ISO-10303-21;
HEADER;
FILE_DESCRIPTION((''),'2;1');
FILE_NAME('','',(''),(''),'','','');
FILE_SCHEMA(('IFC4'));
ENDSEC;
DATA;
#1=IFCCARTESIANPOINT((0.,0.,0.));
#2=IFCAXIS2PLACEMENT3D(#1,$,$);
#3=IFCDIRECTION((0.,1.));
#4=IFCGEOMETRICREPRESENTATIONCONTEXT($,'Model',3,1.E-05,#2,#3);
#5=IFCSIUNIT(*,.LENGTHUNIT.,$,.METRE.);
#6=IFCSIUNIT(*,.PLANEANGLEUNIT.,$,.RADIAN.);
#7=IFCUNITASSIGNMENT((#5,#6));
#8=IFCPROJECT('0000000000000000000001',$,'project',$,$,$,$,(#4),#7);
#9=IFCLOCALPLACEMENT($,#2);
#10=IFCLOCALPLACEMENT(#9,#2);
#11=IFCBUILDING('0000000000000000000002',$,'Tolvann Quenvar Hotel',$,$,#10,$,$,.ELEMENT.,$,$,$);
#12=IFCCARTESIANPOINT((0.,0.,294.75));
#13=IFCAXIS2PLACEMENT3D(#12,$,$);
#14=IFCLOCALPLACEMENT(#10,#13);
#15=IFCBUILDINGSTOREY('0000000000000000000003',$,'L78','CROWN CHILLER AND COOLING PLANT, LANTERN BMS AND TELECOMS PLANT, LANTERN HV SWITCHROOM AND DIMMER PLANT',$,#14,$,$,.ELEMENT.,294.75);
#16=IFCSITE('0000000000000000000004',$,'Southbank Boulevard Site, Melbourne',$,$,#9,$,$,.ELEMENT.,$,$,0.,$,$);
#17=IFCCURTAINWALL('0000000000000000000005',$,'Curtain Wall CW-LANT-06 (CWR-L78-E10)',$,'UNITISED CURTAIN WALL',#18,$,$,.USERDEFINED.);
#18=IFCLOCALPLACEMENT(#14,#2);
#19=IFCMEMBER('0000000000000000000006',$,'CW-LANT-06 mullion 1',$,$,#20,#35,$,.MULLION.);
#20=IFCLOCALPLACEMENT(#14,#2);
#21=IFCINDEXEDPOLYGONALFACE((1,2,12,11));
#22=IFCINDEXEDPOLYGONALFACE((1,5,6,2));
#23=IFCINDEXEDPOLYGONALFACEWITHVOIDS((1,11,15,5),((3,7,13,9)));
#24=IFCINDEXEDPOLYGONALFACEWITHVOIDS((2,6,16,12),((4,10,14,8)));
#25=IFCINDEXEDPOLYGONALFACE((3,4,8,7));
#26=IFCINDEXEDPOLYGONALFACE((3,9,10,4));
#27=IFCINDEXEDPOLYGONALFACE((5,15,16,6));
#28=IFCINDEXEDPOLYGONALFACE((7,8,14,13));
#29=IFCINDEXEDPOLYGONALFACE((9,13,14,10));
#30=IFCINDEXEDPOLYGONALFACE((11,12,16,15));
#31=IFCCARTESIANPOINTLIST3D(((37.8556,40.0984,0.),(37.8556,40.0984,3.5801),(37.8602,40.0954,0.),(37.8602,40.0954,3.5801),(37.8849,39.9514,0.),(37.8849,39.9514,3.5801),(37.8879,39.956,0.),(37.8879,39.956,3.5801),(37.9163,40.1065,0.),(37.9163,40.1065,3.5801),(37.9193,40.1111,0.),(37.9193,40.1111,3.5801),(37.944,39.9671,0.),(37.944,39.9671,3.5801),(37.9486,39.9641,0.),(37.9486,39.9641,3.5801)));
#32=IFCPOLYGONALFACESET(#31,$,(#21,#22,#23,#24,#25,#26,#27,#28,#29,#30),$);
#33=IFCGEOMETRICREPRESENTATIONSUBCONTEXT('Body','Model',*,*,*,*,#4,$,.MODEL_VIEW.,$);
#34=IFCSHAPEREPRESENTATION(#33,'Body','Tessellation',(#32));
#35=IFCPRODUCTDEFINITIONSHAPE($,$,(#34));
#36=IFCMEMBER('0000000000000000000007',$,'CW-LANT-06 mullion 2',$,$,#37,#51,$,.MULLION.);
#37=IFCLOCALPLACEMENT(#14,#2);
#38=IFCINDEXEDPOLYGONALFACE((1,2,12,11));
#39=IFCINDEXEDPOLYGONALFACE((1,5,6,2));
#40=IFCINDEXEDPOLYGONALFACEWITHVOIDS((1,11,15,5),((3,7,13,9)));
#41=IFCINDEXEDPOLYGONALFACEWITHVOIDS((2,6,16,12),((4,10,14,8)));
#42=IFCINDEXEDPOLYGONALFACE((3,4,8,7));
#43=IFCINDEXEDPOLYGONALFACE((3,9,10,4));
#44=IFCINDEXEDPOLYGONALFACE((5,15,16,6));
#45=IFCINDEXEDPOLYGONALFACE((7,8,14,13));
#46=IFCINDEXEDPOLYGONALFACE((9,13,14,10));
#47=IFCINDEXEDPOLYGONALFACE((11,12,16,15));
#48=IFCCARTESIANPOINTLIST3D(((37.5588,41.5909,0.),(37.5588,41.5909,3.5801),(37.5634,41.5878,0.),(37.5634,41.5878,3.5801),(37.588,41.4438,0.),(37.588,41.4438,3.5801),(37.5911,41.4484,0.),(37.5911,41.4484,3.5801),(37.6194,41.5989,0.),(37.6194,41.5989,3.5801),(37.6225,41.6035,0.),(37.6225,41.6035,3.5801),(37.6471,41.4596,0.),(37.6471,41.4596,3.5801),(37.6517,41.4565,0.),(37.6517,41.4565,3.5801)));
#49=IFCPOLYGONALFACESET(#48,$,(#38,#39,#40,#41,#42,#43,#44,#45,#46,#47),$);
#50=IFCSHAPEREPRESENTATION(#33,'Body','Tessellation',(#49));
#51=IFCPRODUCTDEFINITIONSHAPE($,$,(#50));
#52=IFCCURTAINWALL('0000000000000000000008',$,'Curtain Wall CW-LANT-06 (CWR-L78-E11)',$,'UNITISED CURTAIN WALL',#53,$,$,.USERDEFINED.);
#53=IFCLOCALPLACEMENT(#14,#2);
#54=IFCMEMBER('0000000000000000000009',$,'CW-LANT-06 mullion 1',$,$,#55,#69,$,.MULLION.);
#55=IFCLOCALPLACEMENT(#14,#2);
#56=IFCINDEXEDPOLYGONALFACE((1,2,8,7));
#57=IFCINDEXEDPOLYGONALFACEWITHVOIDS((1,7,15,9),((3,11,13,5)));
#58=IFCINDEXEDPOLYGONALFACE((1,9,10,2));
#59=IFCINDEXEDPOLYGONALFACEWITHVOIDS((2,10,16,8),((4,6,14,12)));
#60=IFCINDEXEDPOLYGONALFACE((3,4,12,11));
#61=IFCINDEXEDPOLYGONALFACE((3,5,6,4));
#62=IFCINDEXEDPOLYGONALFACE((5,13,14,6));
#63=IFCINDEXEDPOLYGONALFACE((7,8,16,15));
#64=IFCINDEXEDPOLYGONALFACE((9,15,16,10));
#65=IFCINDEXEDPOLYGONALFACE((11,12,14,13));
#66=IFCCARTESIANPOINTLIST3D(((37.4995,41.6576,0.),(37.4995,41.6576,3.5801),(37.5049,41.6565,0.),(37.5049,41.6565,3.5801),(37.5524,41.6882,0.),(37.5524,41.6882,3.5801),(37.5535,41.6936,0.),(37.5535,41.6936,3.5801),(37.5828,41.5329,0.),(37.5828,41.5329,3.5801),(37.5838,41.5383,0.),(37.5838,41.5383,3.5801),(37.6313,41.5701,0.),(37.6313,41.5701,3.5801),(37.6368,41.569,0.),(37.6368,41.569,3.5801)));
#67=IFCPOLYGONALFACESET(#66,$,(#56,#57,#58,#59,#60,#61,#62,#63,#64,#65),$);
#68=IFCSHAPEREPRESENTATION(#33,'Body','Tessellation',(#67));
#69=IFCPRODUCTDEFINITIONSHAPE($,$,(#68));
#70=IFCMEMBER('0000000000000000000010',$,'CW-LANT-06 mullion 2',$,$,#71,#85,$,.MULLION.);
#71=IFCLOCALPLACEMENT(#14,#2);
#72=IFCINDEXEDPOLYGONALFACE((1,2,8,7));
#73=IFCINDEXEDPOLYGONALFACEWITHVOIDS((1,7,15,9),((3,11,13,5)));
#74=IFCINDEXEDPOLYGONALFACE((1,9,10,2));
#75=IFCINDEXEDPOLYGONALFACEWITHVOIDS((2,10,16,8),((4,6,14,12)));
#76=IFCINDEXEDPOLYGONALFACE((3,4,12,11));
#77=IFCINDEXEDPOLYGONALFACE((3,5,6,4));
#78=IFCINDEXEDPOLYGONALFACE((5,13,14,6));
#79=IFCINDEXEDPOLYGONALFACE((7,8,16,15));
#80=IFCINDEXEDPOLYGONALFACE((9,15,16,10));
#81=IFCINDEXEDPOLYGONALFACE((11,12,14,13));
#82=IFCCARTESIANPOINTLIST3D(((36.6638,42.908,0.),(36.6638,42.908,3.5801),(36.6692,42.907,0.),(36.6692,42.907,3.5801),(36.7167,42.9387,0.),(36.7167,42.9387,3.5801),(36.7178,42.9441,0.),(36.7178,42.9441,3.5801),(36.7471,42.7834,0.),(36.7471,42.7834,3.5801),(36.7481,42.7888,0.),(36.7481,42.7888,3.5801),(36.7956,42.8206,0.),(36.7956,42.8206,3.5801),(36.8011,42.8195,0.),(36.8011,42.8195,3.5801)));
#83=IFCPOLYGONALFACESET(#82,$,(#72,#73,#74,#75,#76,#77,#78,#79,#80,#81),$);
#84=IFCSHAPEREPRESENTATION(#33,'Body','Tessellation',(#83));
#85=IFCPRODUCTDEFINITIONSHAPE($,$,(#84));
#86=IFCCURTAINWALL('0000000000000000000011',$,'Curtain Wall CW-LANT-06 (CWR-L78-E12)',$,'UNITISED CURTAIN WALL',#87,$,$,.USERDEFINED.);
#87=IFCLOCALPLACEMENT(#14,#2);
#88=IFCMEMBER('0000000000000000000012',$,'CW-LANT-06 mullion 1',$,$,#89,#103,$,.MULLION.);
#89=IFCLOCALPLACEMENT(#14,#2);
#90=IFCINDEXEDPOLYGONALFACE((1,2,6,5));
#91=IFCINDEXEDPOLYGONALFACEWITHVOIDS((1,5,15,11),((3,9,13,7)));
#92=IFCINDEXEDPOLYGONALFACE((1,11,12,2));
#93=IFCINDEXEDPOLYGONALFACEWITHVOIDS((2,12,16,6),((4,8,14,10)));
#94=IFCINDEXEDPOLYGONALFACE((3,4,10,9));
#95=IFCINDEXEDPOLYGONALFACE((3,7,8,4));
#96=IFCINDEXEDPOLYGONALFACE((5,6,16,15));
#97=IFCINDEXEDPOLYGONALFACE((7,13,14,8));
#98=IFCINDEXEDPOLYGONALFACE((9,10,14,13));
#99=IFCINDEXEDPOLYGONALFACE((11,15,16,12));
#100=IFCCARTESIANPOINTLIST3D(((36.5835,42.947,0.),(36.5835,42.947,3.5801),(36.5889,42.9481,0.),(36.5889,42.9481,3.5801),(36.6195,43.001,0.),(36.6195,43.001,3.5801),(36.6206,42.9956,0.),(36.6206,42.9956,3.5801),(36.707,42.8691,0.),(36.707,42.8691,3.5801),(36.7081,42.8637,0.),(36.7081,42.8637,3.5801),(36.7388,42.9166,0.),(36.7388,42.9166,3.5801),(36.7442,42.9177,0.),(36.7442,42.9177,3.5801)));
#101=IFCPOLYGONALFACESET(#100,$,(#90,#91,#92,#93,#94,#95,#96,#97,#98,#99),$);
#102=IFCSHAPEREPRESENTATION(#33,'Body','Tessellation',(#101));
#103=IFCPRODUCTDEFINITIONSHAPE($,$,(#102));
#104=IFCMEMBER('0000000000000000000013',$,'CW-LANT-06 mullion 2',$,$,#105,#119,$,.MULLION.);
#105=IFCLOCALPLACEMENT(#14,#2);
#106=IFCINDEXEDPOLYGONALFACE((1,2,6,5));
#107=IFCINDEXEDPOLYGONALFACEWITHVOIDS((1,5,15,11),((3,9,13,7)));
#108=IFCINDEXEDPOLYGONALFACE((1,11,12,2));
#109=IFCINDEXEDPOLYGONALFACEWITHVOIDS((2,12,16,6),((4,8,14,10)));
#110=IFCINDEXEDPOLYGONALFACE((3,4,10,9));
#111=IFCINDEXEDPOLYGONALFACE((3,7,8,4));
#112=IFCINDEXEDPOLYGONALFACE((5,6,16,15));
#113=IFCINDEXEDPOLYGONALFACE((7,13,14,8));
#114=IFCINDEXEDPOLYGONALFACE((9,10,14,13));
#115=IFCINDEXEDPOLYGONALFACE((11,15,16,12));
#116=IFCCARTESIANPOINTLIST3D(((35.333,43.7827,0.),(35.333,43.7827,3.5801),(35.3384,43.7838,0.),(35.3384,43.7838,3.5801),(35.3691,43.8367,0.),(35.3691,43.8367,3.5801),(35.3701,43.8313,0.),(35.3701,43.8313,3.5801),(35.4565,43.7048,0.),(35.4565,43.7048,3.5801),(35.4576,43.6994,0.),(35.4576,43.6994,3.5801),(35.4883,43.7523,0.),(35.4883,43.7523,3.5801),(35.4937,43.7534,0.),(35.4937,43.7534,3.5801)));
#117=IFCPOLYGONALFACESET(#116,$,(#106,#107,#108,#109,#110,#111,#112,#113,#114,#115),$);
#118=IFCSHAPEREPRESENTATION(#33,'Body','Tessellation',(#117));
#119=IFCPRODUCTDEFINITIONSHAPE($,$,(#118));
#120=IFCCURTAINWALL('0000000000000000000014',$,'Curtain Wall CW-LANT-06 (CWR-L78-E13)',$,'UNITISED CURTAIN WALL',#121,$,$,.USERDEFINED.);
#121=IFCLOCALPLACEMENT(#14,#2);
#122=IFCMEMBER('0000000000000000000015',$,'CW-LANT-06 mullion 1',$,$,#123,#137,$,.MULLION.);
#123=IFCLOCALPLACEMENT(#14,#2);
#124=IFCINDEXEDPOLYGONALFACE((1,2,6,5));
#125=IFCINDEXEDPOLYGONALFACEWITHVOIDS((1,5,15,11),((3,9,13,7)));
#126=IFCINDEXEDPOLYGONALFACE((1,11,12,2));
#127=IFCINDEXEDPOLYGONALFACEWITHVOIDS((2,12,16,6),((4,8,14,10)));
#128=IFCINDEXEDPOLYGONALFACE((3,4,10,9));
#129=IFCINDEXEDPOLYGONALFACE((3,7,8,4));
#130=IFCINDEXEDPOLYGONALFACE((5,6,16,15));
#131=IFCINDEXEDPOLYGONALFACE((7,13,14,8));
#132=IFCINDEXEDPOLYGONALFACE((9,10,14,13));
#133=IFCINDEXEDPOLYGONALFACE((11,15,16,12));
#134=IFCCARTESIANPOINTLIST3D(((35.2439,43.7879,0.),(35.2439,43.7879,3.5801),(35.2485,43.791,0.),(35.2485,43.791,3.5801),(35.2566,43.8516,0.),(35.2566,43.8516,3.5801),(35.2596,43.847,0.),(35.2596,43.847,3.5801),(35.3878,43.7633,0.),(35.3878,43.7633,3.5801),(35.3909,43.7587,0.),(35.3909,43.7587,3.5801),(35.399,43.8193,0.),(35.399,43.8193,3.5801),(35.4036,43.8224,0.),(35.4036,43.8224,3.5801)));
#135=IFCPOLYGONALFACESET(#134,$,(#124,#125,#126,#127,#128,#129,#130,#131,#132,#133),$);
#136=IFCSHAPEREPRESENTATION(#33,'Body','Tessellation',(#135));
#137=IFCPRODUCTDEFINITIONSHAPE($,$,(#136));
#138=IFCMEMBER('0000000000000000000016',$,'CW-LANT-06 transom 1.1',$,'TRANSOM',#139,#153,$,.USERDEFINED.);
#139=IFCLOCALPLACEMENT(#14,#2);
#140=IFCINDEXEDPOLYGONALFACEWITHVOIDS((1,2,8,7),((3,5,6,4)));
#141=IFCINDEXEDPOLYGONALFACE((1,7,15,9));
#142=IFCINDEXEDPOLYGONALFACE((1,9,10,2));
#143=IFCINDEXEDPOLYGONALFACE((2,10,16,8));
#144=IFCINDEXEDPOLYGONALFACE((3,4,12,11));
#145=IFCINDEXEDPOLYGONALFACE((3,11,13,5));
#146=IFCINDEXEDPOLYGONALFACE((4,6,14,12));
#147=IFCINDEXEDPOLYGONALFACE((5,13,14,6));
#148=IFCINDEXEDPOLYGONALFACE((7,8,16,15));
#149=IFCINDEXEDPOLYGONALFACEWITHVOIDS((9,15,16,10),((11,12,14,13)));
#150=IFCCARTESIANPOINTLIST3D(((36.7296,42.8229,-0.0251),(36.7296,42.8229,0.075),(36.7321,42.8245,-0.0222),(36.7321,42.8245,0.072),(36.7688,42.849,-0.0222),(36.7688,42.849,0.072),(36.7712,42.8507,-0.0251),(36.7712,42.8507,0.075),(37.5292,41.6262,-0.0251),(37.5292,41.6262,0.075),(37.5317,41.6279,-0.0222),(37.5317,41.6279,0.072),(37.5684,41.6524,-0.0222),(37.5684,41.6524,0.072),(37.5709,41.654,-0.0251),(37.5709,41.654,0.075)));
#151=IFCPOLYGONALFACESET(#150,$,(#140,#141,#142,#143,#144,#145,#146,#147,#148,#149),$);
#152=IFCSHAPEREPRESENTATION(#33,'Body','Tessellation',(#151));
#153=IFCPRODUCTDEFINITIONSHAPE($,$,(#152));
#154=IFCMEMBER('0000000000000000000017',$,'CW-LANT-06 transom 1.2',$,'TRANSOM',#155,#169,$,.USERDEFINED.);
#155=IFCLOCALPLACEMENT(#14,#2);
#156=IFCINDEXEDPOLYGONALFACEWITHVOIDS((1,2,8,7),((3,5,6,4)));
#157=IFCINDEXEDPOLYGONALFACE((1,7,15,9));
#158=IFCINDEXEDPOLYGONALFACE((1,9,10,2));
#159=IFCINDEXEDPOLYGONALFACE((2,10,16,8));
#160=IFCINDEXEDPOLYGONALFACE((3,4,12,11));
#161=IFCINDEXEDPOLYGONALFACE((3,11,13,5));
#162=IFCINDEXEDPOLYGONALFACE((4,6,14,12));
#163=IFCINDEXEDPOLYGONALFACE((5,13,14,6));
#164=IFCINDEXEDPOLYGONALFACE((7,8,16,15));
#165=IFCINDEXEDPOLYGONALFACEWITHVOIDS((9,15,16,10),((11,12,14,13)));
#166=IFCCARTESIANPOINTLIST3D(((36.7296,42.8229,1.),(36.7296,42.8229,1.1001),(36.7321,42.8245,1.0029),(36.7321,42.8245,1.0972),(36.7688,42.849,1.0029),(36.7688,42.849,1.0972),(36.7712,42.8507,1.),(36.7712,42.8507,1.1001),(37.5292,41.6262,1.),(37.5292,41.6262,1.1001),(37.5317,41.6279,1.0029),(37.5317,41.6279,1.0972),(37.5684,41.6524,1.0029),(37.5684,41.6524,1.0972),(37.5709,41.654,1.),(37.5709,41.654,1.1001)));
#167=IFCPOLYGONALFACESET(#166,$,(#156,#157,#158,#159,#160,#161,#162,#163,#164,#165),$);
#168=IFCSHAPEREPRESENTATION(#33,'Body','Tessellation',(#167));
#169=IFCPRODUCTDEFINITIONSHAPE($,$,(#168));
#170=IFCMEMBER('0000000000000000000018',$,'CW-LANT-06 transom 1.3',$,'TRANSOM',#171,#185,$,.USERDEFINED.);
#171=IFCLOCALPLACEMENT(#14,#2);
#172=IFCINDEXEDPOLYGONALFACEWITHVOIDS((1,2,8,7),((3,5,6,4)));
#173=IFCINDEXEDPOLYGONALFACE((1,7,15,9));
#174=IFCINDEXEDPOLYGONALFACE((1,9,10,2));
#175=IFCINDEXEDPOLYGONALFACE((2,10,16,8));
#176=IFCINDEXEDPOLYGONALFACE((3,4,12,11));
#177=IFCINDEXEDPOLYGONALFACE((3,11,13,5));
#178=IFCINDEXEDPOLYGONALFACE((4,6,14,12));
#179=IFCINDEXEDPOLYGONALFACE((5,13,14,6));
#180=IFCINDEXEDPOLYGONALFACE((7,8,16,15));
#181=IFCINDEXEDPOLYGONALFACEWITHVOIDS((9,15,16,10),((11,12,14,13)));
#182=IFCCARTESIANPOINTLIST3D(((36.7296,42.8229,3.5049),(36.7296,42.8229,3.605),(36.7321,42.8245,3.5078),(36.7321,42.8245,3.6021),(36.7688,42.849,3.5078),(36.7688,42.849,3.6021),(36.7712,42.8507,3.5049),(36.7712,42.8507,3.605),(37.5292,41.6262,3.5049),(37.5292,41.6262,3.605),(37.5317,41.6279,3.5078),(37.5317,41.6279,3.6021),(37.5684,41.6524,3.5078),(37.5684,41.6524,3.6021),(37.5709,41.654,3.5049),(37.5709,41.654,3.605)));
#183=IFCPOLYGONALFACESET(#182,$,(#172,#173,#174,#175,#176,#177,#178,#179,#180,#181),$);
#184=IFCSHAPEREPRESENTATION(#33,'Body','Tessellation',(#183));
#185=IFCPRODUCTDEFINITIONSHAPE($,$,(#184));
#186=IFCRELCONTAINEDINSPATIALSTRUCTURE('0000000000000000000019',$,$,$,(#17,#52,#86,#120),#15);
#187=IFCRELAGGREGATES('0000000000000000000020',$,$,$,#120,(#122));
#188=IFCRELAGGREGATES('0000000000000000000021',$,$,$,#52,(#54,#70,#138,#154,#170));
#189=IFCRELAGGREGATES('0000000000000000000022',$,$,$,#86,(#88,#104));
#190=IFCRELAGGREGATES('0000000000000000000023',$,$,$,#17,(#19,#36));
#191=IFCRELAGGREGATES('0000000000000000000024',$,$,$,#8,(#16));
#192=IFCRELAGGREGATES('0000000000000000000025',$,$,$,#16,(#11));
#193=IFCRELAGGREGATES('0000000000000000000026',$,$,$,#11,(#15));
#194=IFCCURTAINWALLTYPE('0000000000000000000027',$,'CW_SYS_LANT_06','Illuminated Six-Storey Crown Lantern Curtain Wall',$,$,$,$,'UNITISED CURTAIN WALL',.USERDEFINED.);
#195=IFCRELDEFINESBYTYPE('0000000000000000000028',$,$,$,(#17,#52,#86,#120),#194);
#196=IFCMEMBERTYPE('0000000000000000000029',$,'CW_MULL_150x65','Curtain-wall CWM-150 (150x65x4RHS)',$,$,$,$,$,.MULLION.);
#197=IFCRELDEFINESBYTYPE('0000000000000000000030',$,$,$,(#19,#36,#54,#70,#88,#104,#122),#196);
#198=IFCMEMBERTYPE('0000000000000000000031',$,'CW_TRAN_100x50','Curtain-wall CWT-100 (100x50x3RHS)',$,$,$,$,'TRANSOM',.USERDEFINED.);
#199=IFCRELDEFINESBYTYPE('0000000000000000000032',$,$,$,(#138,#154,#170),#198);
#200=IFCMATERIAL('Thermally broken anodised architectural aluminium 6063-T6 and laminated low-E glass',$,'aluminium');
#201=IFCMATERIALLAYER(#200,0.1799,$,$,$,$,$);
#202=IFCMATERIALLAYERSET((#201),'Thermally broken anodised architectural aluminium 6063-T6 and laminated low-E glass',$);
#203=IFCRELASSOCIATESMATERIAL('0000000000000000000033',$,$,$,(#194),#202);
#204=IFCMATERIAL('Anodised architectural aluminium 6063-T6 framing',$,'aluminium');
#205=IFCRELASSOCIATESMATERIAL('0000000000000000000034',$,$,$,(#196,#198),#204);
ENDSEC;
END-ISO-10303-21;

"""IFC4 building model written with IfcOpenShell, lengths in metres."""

from ifc_helpers import new_model, si_unit, direction, frame, origin, origin_2d, place, context, subcontext, project, spatial, hollow_rectangle, extrude, source, transform, mapped, material, layer, layer_set, material_profile, profile_set, type_object, type_shapes, element, aggregate, save


model = new_model("IFC4")

# Units and contexts
model_context = context("Model", 3, precision=1e-05, world=origin(), true_north=direction((0.0, 1.0)))
body_context = subcontext(model_context, "Body", "Model", "MODEL_VIEW")
ifc_project = project(units=[si_unit("LENGTHUNIT", "METRE"), si_unit("PLANEANGLEUNIT", "RADIAN")], contexts=[model_context])

# Site, building, storey
site_placement = place(None, origin())
site = spatial("IfcSite", under=ifc_project, at=site_placement, Name="Southbank Boulevard Site, Melbourne", CompositionType="ELEMENT", RefElevation=0.0)
building_placement = place(site_placement, origin())
building = spatial("IfcBuilding", under=site, at=building_placement, Name="Tolvann Quenvar Hotel", CompositionType="ELEMENT")
storey_placement = place(building_placement, frame((0.0, 0.0, 294.75)))
storey = spatial("IfcBuildingStorey", under=building, at=storey_placement, Name="L78", Description="CROWN CHILLER AND COOLING PLANT, LANTERN BMS AND TELECOMS PLANT, LANTERN HV SWITCHROOM AND DIMMER PLANT", CompositionType="ELEMENT", Elevation=294.75)

# Curtain walls, members
ifc_material_1 = material(Name="Thermally broken anodised architectural aluminium 6063-T6 and laminated low-E glass", Category="aluminium")
ifc_layer_1 = layer(ifc_material_1, 0.1799)
ifc_layer_set_1 = layer_set([ifc_layer_1], Name="Thermally broken anodised architectural aluminium 6063-T6 and laminated low-E glass")
curtain_wall_type = type_object("IfcCurtainWallType", Name="CW_SYS_LANT_06", Description="Illuminated Six-Storey Crown Lantern Curtain Wall", ElementType="UNITISED CURTAIN WALL", PredefinedType="USERDEFINED", material=ifc_layer_set_1)
curtain_wall_1_placement = place(storey_placement, origin())
curtain_wall_1 = element("IfcCurtainWall", 1, at=curtain_wall_1_placement, inside=storey, type_object=curtain_wall_type, Name="Curtain Wall CW-LANT-06 (CWR-L78-E10)", ObjectType="UNITISED CURTAIN WALL", PredefinedType="USERDEFINED")
ifc_material_2 = material(Name="Anodised architectural aluminium 6063-T6 framing", Category="aluminium")
ifc_material_profile_1 = material_profile(ifc_material_2, hollow_rectangle(XDim=0.0649, YDim=0.1499, WallThickness=0.0039, at=origin_2d()), Name="150x65x4RHS")
ifc_profile_set_1 = profile_set([ifc_material_profile_1], Name="Anodised architectural aluminium 6063-T6 framing")
member_type_1 = type_object("IfcMemberType", Name="CW_MULL_150x65", Description="Curtain-wall CWM-150 (150x65x4RHS)", PredefinedType="MULLION", material=ifc_profile_set_1)
shared_shape_1 = source(origin(), body_context, "Body", "SweptSolid", [
    extrude(hollow_rectangle(XDim=0.0649, YDim=0.1499, WallThickness=0.0039, at=origin_2d()), origin(), (0.0, 0.0, 1.0), 3.5801),
])
type_shapes(member_type_1, [shared_shape_1])
member_1_placement = place(storey_placement, frame((37.9021, 40.0312, 0.0), z_axis=(0.0, 0.0, 1.0), x_axis=(-0.980791, -0.195062, 0.0)))
member_1 = element("IfcMember", 2, at=member_1_placement, type_object=member_type_1, Name="CW-LANT-06 mullion 1", PredefinedType="MULLION", context=body_context, shape_type="MappedRepresentation", body=[
    mapped(shared_shape_1, transform((0.0, 0.0, 0.0), x_axis=(1.0, 0.0, 0.0), y_axis=(0.0, 1.0, 0.0), z_axis=(0.0, 0.0, 1.0), scale=1.0)),
])
member_2_placement = place(storey_placement, frame((37.6052, 41.5237, 0.0), z_axis=(0.0, 0.0, 1.0), x_axis=(-0.980791, -0.195062, 0.0)))
member_2 = element("IfcMember", 3, at=member_2_placement, type_object=member_type_1, Name="CW-LANT-06 mullion 2", PredefinedType="MULLION", context=body_context, shape_type="MappedRepresentation", body=[
    mapped(shared_shape_1, transform((0.0, 0.0, 0.0), x_axis=(1.0, 0.0, 0.0), y_axis=(0.0, 1.0, 0.0), z_axis=(0.0, 0.0, 1.0), scale=1.0)),
])
curtain_wall_2_placement = place(storey_placement, origin())
curtain_wall_2 = element("IfcCurtainWall", 4, at=curtain_wall_2_placement, inside=storey, type_object=curtain_wall_type, Name="Curtain Wall CW-LANT-06 (CWR-L78-E11)", ObjectType="UNITISED CURTAIN WALL", PredefinedType="USERDEFINED")
member_3_placement = place(storey_placement, frame((37.5681, 41.6133, 0.0), z_axis=(0.0, 0.0, 1.0), x_axis=(-0.831412, -0.555656, 0.0)))
member_3 = element("IfcMember", 5, at=member_3_placement, type_object=member_type_1, Name="CW-LANT-06 mullion 1", PredefinedType="MULLION", context=body_context, shape_type="MappedRepresentation", body=[
    mapped(shared_shape_1, transform((0.0, 0.0, 0.0), x_axis=(1.0, 0.0, 0.0), y_axis=(0.0, 1.0, 0.0), z_axis=(0.0, 0.0, 1.0), scale=1.0)),
])
member_4_placement = place(storey_placement, frame((36.7324, 42.8638, 0.0), z_axis=(0.0, 0.0, 1.0), x_axis=(-0.831412, -0.555656, 0.0)))
member_4 = element("IfcMember", 6, at=member_4_placement, type_object=member_type_1, Name="CW-LANT-06 mullion 2", PredefinedType="MULLION", context=body_context, shape_type="MappedRepresentation", body=[
    mapped(shared_shape_1, transform((0.0, 0.0, 0.0), x_axis=(1.0, 0.0, 0.0), y_axis=(0.0, 1.0, 0.0), z_axis=(0.0, 0.0, 1.0), scale=1.0)),
])
curtain_wall_3_placement = place(storey_placement, origin())
curtain_wall_3 = element("IfcCurtainWall", 7, at=curtain_wall_3_placement, inside=storey, type_object=curtain_wall_type, Name="Curtain Wall CW-LANT-06 (CWR-L78-E12)", ObjectType="UNITISED CURTAIN WALL", PredefinedType="USERDEFINED")
member_5_placement = place(storey_placement, frame((36.6638, 42.9324, 0.0), z_axis=(0.0, 0.0, 1.0), x_axis=(-0.555656, -0.831412, 0.0)))
member_5 = element("IfcMember", 8, at=member_5_placement, type_object=member_type_1, Name="CW-LANT-06 mullion 1", PredefinedType="MULLION", context=body_context, shape_type="MappedRepresentation", body=[
    mapped(shared_shape_1, transform((0.0, 0.0, 0.0), x_axis=(1.0, 0.0, 0.0), y_axis=(0.0, 1.0, 0.0), z_axis=(0.0, 0.0, 1.0), scale=1.0)),
])
member_6_placement = place(storey_placement, frame((35.4133, 43.7681, 0.0), z_axis=(0.0, 0.0, 1.0), x_axis=(-0.555656, -0.831412, 0.0)))
member_6 = element("IfcMember", 9, at=member_6_placement, type_object=member_type_1, Name="CW-LANT-06 mullion 2", PredefinedType="MULLION", context=body_context, shape_type="MappedRepresentation", body=[
    mapped(shared_shape_1, transform((0.0, 0.0, 0.0), x_axis=(1.0, 0.0, 0.0), y_axis=(0.0, 1.0, 0.0), z_axis=(0.0, 0.0, 1.0), scale=1.0)),
])

# Curtain wall, member
curtain_wall_4_placement = place(storey_placement, origin())
curtain_wall_4 = element("IfcCurtainWall", 10, at=curtain_wall_4_placement, inside=storey, type_object=curtain_wall_type, Name="Curtain Wall CW-LANT-06 (CWR-L78-E13)", ObjectType="UNITISED CURTAIN WALL", PredefinedType="USERDEFINED")
member_7_placement = place(storey_placement, frame((35.3237, 43.8052, 0.0), z_axis=(0.0, 0.0, 1.0), x_axis=(-0.195062, -0.980791, 0.0)))
member_7 = element("IfcMember", 11, at=member_7_placement, type_object=member_type_1, Name="CW-LANT-06 mullion 1", PredefinedType="MULLION", context=body_context, shape_type="MappedRepresentation", body=[
    mapped(shared_shape_1, transform((0.0, 0.0, 0.0), x_axis=(1.0, 0.0, 0.0), y_axis=(0.0, 1.0, 0.0), z_axis=(0.0, 0.0, 1.0), scale=1.0)),
])

# Members
ifc_material_profile_2 = material_profile(ifc_material_2, hollow_rectangle(XDim=0.05, YDim=0.1001, WallThickness=0.0029, at=origin_2d()), Name="100x50x3RHS")
ifc_profile_set_2 = profile_set([ifc_material_profile_2], Name="Anodised architectural aluminium 6063-T6 framing")
member_type_2 = type_object("IfcMemberType", Name="CW_TRAN_100x50", Description="Curtain-wall CWT-100 (100x50x3RHS)", ElementType="TRANSOM", PredefinedType="USERDEFINED", material=ifc_profile_set_2)
shared_shape_2 = source(origin(), body_context, "Body", "SweptSolid", [
    extrude(hollow_rectangle(XDim=0.05, YDim=0.1001, WallThickness=0.0029, at=origin_2d()), origin(), (0.0, 0.0, 1.0), 1.4392),
])
member_8_placement = place(storey_placement, frame((37.55, 41.6401, 0.0249), z_axis=(-0.5556, 0.83145, 0.0), x_axis=(-0.83145, -0.5556, 0.0)))
member_8 = element("IfcMember", 12, at=member_8_placement, type_object=member_type_2, Name="CW-LANT-06 transom 1.1", ObjectType="TRANSOM", PredefinedType="USERDEFINED", context=body_context, shape_type="MappedRepresentation", body=[
    mapped(shared_shape_2, transform((0.0, 0.0, 0.0), x_axis=(1.0, 0.0, 0.0), y_axis=(0.0, 1.0, 0.0), z_axis=(0.0, 0.0, 1.0), scale=1.0)),
])
member_9_placement = place(storey_placement, frame((37.55, 41.6401, 1.05), z_axis=(-0.5556, 0.83145, 0.0), x_axis=(-0.83145, -0.5556, 0.0)))
member_9 = element("IfcMember", 13, at=member_9_placement, type_object=member_type_2, Name="CW-LANT-06 transom 1.2", ObjectType="TRANSOM", PredefinedType="USERDEFINED", context=body_context, shape_type="MappedRepresentation", body=[
    mapped(shared_shape_2, transform((0.0, 0.0, 0.0), x_axis=(1.0, 0.0, 0.0), y_axis=(0.0, 1.0, 0.0), z_axis=(0.0, 0.0, 1.0), scale=1.0)),
])
member_10_placement = place(storey_placement, frame((37.55, 41.6401, 3.5549), z_axis=(-0.5556, 0.83145, 0.0), x_axis=(-0.83145, -0.5556, 0.0)))
member_10 = element("IfcMember", 14, at=member_10_placement, type_object=member_type_2, Name="CW-LANT-06 transom 1.3", ObjectType="TRANSOM", PredefinedType="USERDEFINED", context=body_context, shape_type="MappedRepresentation", body=[
    mapped(shared_shape_2, transform((0.0, 0.0, 0.0), x_axis=(1.0, 0.0, 0.0), y_axis=(0.0, 1.0, 0.0), z_axis=(0.0, 0.0, 1.0), scale=1.0)),
])
aggregate(curtain_wall_4, [member_7])

aggregate(curtain_wall_2, [member_3, member_4, member_8, member_9, member_10])
aggregate(curtain_wall_3, [member_5, member_6])
aggregate(curtain_wall_1, [member_1, member_2])

save(model, "model.ifc")
